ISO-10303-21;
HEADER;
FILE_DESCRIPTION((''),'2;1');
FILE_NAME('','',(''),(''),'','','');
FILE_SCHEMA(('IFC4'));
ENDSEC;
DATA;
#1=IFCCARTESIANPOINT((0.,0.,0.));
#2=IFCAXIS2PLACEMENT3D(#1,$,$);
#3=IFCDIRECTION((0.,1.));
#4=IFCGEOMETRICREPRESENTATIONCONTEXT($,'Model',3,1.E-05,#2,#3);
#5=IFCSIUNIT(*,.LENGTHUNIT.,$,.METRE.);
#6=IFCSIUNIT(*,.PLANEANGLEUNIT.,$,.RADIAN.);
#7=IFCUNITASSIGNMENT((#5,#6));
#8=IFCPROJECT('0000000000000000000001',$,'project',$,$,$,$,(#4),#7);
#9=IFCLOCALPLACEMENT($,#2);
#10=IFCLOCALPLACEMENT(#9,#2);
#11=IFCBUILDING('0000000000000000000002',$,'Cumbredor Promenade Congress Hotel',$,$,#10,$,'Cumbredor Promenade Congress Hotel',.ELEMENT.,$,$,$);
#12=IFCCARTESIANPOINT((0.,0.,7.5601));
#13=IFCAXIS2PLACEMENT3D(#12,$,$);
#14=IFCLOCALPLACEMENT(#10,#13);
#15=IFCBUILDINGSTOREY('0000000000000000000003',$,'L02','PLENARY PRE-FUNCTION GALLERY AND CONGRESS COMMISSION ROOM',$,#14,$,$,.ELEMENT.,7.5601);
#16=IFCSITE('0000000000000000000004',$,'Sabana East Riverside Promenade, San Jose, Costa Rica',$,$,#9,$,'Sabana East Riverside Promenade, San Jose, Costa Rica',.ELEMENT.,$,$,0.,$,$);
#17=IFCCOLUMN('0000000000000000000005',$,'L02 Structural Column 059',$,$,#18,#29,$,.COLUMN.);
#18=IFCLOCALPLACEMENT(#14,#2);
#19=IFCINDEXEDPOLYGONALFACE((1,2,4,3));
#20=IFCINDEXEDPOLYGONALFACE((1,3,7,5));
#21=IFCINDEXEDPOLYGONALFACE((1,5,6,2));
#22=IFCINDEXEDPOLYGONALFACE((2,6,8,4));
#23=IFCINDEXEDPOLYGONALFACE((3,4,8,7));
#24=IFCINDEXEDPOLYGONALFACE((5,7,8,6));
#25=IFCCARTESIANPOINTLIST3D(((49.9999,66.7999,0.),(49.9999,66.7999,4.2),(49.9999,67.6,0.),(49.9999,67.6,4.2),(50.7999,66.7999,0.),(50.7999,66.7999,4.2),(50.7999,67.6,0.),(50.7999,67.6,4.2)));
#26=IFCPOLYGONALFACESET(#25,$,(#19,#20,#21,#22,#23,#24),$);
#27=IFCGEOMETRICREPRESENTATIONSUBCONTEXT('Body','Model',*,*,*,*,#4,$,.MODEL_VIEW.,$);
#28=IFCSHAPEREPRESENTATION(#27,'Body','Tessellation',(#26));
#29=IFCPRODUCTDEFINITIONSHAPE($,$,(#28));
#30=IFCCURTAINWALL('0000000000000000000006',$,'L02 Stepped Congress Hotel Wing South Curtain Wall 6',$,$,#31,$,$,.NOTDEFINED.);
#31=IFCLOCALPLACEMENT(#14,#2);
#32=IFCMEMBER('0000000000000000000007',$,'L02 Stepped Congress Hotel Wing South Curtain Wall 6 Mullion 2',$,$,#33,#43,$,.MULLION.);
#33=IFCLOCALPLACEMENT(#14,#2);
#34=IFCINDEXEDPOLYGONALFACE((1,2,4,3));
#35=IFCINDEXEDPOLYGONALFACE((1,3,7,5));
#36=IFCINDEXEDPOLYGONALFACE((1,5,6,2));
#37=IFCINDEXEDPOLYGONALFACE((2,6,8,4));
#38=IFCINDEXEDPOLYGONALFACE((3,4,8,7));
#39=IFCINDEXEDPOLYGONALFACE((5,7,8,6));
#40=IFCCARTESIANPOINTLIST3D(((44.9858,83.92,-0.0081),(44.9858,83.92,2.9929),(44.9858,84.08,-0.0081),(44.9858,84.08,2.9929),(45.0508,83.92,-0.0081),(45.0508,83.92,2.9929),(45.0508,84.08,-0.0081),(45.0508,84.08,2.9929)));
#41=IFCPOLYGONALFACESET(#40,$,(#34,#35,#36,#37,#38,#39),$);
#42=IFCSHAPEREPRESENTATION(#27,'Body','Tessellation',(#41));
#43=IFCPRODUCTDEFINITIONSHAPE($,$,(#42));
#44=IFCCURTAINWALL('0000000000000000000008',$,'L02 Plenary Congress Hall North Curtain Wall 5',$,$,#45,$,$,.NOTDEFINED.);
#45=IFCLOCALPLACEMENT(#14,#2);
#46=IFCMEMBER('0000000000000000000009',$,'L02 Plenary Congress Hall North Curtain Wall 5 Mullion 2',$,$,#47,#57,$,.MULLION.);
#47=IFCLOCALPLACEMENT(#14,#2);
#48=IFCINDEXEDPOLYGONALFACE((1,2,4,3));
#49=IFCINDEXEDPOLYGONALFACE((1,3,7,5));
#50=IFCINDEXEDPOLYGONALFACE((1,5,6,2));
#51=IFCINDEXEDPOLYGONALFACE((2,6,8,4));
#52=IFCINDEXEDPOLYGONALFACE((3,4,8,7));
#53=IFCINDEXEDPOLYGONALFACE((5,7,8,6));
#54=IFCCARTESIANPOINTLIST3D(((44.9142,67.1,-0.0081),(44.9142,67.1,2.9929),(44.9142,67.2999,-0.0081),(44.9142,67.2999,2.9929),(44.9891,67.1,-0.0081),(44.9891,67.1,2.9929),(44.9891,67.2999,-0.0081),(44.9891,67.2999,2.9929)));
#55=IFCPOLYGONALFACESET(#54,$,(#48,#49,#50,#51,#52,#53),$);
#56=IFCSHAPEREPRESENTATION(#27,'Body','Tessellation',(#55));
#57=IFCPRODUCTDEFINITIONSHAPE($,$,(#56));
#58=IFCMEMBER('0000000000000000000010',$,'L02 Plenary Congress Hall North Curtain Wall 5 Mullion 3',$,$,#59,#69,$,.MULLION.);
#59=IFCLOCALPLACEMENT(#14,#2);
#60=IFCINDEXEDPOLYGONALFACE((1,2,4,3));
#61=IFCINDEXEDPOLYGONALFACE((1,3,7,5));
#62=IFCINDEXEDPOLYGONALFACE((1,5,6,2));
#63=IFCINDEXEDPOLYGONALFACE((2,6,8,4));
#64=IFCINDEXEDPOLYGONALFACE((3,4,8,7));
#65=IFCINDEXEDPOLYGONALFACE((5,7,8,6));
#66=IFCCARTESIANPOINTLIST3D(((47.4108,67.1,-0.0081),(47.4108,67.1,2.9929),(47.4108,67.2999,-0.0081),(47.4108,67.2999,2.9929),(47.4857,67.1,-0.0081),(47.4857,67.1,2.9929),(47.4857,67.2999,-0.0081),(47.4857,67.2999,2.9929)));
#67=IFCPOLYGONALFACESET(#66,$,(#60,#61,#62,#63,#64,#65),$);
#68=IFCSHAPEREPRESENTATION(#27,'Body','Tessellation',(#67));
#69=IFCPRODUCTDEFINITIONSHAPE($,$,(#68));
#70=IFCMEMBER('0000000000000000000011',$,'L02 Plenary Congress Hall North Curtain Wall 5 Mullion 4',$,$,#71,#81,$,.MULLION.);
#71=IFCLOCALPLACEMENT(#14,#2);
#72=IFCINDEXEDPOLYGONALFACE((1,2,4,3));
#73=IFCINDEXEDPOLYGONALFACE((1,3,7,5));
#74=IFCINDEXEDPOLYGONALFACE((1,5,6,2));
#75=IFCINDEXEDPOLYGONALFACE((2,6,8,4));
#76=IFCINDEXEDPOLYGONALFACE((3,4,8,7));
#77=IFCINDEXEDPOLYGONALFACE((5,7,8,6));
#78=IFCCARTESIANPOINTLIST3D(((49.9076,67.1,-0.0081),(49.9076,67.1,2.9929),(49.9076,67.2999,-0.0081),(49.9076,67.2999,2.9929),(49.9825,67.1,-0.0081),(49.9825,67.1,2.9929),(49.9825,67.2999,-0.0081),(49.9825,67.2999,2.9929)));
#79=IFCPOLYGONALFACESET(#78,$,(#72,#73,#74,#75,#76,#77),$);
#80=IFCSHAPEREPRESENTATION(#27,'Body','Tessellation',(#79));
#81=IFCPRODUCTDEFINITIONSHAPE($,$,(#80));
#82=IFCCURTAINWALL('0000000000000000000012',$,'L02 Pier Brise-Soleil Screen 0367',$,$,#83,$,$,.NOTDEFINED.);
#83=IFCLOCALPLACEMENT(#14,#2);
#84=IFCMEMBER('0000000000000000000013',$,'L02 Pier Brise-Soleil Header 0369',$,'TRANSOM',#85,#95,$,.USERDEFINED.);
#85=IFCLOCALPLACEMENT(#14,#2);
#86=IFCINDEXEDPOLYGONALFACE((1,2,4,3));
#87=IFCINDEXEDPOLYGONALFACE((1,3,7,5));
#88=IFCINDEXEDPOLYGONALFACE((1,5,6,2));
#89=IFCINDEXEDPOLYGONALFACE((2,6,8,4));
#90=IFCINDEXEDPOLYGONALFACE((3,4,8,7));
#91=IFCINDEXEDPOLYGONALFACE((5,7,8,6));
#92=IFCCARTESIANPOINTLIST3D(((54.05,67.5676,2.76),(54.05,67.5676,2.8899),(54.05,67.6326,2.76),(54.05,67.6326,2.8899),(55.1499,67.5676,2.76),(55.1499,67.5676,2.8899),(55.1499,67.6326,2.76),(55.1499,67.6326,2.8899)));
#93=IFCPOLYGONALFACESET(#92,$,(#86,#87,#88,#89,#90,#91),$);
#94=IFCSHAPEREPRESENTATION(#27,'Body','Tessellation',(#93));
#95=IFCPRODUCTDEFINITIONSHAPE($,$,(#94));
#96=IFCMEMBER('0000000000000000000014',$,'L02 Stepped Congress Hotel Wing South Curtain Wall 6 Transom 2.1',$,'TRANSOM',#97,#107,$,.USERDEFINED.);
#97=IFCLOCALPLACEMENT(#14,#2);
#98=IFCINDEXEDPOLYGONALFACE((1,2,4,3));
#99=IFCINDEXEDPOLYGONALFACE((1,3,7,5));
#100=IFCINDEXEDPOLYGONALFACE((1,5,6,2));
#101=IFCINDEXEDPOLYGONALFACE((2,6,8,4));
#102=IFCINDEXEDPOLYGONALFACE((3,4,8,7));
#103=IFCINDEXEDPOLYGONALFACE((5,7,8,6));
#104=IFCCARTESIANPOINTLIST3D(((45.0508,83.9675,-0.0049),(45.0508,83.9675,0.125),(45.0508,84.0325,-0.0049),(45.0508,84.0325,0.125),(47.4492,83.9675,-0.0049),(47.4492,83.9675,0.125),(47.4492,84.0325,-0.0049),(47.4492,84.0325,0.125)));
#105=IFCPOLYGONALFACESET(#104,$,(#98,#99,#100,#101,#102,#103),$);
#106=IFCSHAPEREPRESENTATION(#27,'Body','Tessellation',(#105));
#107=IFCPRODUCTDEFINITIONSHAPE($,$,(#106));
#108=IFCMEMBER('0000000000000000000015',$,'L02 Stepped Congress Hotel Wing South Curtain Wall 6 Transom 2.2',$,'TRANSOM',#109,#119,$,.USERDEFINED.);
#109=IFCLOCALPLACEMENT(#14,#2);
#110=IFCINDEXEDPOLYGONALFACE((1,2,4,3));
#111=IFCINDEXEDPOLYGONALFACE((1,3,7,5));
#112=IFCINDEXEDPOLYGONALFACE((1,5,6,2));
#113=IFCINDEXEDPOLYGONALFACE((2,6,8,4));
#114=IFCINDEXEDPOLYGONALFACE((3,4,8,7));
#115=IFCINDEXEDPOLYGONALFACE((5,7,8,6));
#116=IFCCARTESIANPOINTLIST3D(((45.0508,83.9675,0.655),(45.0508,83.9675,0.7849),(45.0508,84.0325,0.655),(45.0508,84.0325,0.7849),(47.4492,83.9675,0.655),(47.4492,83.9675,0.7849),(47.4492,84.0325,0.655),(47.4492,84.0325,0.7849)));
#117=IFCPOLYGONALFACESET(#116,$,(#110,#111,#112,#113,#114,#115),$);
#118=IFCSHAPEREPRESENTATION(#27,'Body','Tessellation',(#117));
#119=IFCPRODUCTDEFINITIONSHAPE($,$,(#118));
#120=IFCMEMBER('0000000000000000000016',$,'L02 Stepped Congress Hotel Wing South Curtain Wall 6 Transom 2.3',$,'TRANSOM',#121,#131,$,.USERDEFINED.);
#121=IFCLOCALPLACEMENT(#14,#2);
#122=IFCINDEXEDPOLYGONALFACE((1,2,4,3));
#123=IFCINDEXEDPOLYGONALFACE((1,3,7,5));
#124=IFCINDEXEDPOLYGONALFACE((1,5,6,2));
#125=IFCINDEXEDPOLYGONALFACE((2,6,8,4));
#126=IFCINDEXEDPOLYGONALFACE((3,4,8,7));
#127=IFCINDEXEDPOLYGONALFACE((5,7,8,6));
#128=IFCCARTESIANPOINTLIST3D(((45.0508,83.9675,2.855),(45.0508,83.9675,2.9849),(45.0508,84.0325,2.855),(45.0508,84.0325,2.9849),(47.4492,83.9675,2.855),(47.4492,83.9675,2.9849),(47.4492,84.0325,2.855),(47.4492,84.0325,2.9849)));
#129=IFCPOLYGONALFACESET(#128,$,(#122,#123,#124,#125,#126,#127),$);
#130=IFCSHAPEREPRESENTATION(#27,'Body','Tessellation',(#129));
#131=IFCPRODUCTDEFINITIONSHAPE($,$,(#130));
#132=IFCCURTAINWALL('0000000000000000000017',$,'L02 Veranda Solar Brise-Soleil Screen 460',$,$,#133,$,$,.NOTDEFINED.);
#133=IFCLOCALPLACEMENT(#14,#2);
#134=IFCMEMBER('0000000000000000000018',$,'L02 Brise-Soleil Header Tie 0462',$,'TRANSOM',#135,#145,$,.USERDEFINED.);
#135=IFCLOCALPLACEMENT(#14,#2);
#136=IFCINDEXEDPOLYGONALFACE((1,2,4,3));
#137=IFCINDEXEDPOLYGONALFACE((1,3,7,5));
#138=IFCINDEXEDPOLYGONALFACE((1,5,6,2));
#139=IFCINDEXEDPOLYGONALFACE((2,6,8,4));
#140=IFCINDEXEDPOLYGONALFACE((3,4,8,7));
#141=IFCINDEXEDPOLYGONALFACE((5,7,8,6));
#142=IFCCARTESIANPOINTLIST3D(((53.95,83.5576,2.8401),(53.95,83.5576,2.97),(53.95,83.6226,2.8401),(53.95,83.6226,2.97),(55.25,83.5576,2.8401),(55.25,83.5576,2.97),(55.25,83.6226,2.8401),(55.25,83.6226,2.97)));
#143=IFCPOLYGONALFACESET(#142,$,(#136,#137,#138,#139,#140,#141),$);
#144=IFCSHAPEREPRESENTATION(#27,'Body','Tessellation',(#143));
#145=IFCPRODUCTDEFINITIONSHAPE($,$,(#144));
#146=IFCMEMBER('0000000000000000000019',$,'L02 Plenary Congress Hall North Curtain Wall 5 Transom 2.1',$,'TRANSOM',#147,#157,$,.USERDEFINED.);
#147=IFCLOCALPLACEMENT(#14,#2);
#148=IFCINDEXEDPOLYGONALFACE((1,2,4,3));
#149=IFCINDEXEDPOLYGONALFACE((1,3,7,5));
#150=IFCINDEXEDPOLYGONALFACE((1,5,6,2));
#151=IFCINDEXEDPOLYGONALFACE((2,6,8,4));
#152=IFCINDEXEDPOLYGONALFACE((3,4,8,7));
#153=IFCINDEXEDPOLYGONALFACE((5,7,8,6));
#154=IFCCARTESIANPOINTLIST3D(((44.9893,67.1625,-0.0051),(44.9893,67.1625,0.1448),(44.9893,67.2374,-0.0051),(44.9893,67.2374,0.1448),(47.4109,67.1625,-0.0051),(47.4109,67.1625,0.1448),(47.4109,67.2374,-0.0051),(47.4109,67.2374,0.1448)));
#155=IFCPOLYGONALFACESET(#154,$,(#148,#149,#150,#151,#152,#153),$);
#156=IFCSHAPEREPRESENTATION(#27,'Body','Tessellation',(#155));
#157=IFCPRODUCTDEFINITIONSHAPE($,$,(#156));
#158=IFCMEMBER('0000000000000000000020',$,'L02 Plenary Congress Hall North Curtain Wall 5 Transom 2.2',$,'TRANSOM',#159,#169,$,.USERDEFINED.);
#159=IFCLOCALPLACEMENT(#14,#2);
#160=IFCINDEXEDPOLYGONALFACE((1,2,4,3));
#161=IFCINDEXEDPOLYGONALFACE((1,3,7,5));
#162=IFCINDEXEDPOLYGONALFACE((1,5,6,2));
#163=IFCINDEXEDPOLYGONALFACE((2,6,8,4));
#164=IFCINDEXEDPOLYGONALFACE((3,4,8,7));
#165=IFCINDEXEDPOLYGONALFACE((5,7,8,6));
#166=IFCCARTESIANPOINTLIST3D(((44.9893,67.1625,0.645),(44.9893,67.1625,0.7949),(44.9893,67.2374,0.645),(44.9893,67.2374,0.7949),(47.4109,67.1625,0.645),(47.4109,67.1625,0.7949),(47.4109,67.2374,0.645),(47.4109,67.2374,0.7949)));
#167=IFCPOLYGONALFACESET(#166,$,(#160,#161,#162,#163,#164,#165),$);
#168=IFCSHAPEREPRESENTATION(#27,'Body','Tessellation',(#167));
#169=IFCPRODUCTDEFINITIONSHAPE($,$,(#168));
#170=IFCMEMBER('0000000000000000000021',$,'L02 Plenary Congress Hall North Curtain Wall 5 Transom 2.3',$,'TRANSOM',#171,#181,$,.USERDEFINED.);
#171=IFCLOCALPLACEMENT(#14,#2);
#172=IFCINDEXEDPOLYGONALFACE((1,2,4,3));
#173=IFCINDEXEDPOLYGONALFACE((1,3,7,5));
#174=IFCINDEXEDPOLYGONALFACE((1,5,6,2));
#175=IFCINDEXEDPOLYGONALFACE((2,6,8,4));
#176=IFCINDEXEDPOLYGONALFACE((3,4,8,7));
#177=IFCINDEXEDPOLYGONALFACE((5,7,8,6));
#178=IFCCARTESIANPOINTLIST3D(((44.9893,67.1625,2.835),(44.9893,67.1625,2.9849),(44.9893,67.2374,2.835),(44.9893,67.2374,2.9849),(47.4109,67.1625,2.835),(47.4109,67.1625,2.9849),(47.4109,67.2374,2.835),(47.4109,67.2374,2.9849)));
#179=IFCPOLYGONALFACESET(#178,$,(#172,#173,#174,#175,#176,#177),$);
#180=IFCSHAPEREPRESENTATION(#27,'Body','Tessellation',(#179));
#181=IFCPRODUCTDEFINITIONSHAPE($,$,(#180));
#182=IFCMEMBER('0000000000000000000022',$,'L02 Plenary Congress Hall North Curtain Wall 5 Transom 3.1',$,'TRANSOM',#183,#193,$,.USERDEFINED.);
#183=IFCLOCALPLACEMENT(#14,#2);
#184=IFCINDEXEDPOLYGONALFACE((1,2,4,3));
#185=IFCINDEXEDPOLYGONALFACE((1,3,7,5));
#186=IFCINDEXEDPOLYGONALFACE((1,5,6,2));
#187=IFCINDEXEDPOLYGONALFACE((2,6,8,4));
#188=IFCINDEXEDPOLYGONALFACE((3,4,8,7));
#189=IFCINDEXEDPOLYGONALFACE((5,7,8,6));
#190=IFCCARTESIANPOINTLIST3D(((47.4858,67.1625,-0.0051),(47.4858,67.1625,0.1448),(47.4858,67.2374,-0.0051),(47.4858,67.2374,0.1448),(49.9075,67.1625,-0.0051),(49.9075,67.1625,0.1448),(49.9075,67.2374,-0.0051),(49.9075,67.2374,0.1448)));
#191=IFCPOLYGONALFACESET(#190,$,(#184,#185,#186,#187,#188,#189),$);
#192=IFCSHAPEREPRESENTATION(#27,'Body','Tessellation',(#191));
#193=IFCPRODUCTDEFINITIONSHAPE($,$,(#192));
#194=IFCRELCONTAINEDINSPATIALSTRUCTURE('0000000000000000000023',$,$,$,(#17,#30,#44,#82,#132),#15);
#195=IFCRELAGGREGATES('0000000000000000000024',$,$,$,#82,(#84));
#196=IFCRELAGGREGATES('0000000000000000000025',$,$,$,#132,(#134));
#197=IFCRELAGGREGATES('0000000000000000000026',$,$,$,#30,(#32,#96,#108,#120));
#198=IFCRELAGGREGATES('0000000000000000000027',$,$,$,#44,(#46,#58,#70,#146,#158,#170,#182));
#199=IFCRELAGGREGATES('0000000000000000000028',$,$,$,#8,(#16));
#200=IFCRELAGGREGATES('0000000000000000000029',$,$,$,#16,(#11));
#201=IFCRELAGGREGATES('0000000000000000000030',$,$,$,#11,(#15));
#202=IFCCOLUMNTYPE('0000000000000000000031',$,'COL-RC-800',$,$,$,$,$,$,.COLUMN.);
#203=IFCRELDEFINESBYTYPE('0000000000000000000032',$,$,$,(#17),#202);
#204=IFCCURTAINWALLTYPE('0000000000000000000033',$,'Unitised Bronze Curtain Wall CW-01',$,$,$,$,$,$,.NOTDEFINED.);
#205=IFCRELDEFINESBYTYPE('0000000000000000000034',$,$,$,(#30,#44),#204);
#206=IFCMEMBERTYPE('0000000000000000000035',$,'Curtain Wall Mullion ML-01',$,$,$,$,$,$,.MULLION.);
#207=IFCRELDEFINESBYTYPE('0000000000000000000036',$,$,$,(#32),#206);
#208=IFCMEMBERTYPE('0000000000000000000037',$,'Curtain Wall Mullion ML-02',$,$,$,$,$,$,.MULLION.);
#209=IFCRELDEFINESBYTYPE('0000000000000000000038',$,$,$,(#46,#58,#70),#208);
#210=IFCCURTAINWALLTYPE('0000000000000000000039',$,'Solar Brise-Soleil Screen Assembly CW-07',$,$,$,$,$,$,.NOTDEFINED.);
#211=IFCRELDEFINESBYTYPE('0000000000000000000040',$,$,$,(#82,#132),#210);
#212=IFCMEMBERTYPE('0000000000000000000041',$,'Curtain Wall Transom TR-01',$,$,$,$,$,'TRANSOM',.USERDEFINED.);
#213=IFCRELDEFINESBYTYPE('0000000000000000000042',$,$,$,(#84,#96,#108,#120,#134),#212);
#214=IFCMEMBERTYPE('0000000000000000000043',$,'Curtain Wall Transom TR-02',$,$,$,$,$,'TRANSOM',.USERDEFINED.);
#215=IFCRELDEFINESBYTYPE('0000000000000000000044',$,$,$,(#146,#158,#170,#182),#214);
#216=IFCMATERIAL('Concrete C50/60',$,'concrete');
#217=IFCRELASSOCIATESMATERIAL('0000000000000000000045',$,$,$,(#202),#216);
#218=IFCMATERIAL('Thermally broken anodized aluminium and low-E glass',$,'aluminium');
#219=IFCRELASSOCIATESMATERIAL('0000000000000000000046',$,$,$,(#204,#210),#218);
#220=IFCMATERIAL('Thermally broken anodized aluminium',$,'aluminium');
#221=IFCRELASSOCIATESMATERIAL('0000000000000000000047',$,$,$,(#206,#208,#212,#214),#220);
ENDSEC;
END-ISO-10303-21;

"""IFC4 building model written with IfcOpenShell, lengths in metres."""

from ifc_helpers import new_model, si_unit, direction, frame, origin, origin_2d, place, context, subcontext, project, spatial, rectangle, extrude, material, material_profile, profile_set, type_object, element, aggregate, save


model = new_model("IFC4")

# Units and contexts
model_context = context("Model", 3, precision=1e-05, world=origin(), true_north=direction((0.0, 1.0)))
body_context = subcontext(model_context, "Body", "Model", "MODEL_VIEW")
ifc_project = project(units=[si_unit("LENGTHUNIT", "METRE"), si_unit("PLANEANGLEUNIT", "RADIAN")], contexts=[model_context])

# Site, building, storey
site_placement = place(None, origin())
site = spatial("IfcSite", under=ifc_project, at=site_placement, Name="Sabana East Riverside Promenade, San Jose, Costa Rica", LongName="Sabana East Riverside Promenade, San Jose, Costa Rica", CompositionType="ELEMENT", RefElevation=0.0)
building_placement = place(site_placement, origin())
building = spatial("IfcBuilding", under=site, at=building_placement, Name="Cumbredor Promenade Congress Hotel", LongName="Cumbredor Promenade Congress Hotel", CompositionType="ELEMENT")
storey_placement = place(building_placement, frame((0.0, 0.0, 7.5601)))
storey = spatial("IfcBuildingStorey", under=building, at=storey_placement, Name="L02", Description="PLENARY PRE-FUNCTION GALLERY AND CONGRESS COMMISSION ROOM", CompositionType="ELEMENT", Elevation=7.5601)

# Column
ifc_material_1 = material(Name="Concrete C50/60", Category="concrete")
ifc_material_profile_1 = material_profile(ifc_material_1, rectangle(XDim=0.8, YDim=0.8, at=origin_2d()), Name="RC 800x800")
ifc_profile_set_1 = profile_set([ifc_material_profile_1], Name="Concrete C50/60")
column_type = type_object("IfcColumnType", Name="COL-RC-800", PredefinedType="COLUMN", material=ifc_profile_set_1)
column_placement = place(storey_placement, frame((50.3999, 67.2, 0.0), z_axis=(0.0, 0.0, 1.0), x_axis=(1.0, 0.0, 0.0)))
element("IfcColumn", 1, at=column_placement, inside=storey, type_object=column_type, Name="L02 Structural Column 059", PredefinedType="COLUMN", context=body_context, shape_type="SweptSolid", body=[
    extrude(rectangle(XDim=0.8, YDim=0.8, at=origin_2d()), origin(), (0.0, 0.0, 1.0), 4.2),
])

# Curtain wall, member
ifc_material_2 = material(Name="Thermally broken anodized aluminium and low-E glass", Category="aluminium")
curtain_wall_type_1 = type_object("IfcCurtainWallType", Name="Unitised Bronze Curtain Wall CW-01", PredefinedType="NOTDEFINED", material=ifc_material_2)
curtain_wall_1_placement = place(storey_placement, origin())
curtain_wall_1 = element("IfcCurtainWall", 2, at=curtain_wall_1_placement, inside=storey, type_object=curtain_wall_type_1, Name="L02 Stepped Congress Hotel Wing South Curtain Wall 6", PredefinedType="NOTDEFINED")
ifc_material_3 = material(Name="Thermally broken anodized aluminium", Category="aluminium")
ifc_material_profile_2 = material_profile(ifc_material_3, rectangle(XDim=0.0649, YDim=0.1599, at=origin_2d()), Name="ALU MULLION 65x160")
ifc_profile_set_2 = profile_set([ifc_material_profile_2], Name="Thermally broken anodized aluminium")
member_type_1 = type_object("IfcMemberType", Name="Curtain Wall Mullion ML-01", PredefinedType="MULLION", material=ifc_profile_set_2)
member_1_placement = place(storey_placement, frame((45.0183, 84.0, -0.0081), z_axis=(0.0, 0.0, 1.0), x_axis=(1.0, 0.0, 0.0)))
member_1 = element("IfcMember", 3, at=member_1_placement, type_object=member_type_1, Name="L02 Stepped Congress Hotel Wing South Curtain Wall 6 Mullion 2", PredefinedType="MULLION", context=body_context, shape_type="SweptSolid", body=[
    extrude(rectangle(XDim=0.0649, YDim=0.1599, at=origin_2d()), origin(), (0.0, 0.0, 1.0), 3.001),
])

# Curtain wall, members
curtain_wall_2_placement = place(storey_placement, origin())
curtain_wall_2 = element("IfcCurtainWall", 4, at=curtain_wall_2_placement, inside=storey, type_object=curtain_wall_type_1, Name="L02 Plenary Congress Hall North Curtain Wall 5", PredefinedType="NOTDEFINED")
ifc_material_profile_3 = material_profile(ifc_material_3, rectangle(XDim=0.075, YDim=0.2, at=origin_2d()), Name="ALU MULLION 75x200")
ifc_profile_set_3 = profile_set([ifc_material_profile_3], Name="Thermally broken anodized aluminium")
member_type_2 = type_object("IfcMemberType", Name="Curtain Wall Mullion ML-02", PredefinedType="MULLION", material=ifc_profile_set_3)
member_2_placement = place(storey_placement, frame((44.9517, 67.2, -0.0081), z_axis=(0.0, 0.0, 1.0), x_axis=(1.0, 0.0, 0.0)))
member_2 = element("IfcMember", 5, at=member_2_placement, type_object=member_type_2, Name="L02 Plenary Congress Hall North Curtain Wall 5 Mullion 2", PredefinedType="MULLION", context=body_context, shape_type="SweptSolid", body=[
    extrude(rectangle(XDim=0.075, YDim=0.2, at=origin_2d()), origin(), (0.0, 0.0, 1.0), 3.001),
])
member_3_placement = place(storey_placement, frame((47.4482, 67.2, -0.0081), z_axis=(0.0, 0.0, 1.0), x_axis=(1.0, 0.0, 0.0)))
member_3 = element("IfcMember", 6, at=member_3_placement, type_object=member_type_2, Name="L02 Plenary Congress Hall North Curtain Wall 5 Mullion 3", PredefinedType="MULLION", context=body_context, shape_type="SweptSolid", body=[
    extrude(rectangle(XDim=0.075, YDim=0.2, at=origin_2d()), origin(), (0.0, 0.0, 1.0), 3.001),
])
member_4_placement = place(storey_placement, frame((49.9451, 67.2, -0.0081), z_axis=(0.0, 0.0, 1.0), x_axis=(1.0, 0.0, 0.0)))
member_4 = element("IfcMember", 7, at=member_4_placement, type_object=member_type_2, Name="L02 Plenary Congress Hall North Curtain Wall 5 Mullion 4", PredefinedType="MULLION", context=body_context, shape_type="SweptSolid", body=[
    extrude(rectangle(XDim=0.075, YDim=0.2, at=origin_2d()), origin(), (0.0, 0.0, 1.0), 3.001),
])

# Curtain wall, member
curtain_wall_type_2 = type_object("IfcCurtainWallType", Name="Solar Brise-Soleil Screen Assembly CW-07", PredefinedType="NOTDEFINED", material=ifc_material_2)
curtain_wall_3_placement = place(storey_placement, origin())
curtain_wall_3 = element("IfcCurtainWall", 8, at=curtain_wall_3_placement, inside=storey, type_object=curtain_wall_type_2, Name="L02 Pier Brise-Soleil Screen 0367", PredefinedType="NOTDEFINED")
ifc_material_profile_4 = material_profile(ifc_material_3, rectangle(XDim=0.0649, YDim=0.1299, at=origin_2d()), Name="ALU TRANSOM 65x130")
ifc_profile_set_4 = profile_set([ifc_material_profile_4], Name="Thermally broken anodized aluminium")
member_type_3 = type_object("IfcMemberType", Name="Curtain Wall Transom TR-01", ElementType="TRANSOM", PredefinedType="USERDEFINED", material=ifc_profile_set_4)
member_5_placement = place(storey_placement, frame((54.05, 67.6001, 2.825), z_axis=(1.0, 0.0, 0.0), x_axis=(0.0, 1.0, 0.0)))
member_5 = element("IfcMember", 9, at=member_5_placement, type_object=member_type_3, Name="L02 Pier Brise-Soleil Header 0369", ObjectType="TRANSOM", PredefinedType="USERDEFINED", context=body_context, shape_type="SweptSolid", body=[
    extrude(rectangle(XDim=0.0649, YDim=0.1299, at=origin_2d()), origin(), (0.0, 0.0, 1.0), 1.0999),
])

# Members
member_6_placement = place(storey_placement, frame((45.0508, 84.0, 0.0601), z_axis=(1.0, 0.0, 0.0), x_axis=(0.0, 1.0, 0.0)))
member_6 = element("IfcMember", 10, at=member_6_placement, type_object=member_type_3, Name="L02 Stepped Congress Hotel Wing South Curtain Wall 6 Transom 2.1", ObjectType="TRANSOM", PredefinedType="USERDEFINED", context=body_context, shape_type="SweptSolid", body=[
    extrude(rectangle(XDim=0.0649, YDim=0.1299, at=origin_2d()), origin(), (0.0, 0.0, 1.0), 2.3984),
])
member_7_placement = place(storey_placement, frame((45.0508, 84.0, 0.72), z_axis=(1.0, 0.0, 0.0), x_axis=(0.0, 1.0, 0.0)))
member_7 = element("IfcMember", 11, at=member_7_placement, type_object=member_type_3, Name="L02 Stepped Congress Hotel Wing South Curtain Wall 6 Transom 2.2", ObjectType="TRANSOM", PredefinedType="USERDEFINED", context=body_context, shape_type="SweptSolid", body=[
    extrude(rectangle(XDim=0.0649, YDim=0.1299, at=origin_2d()), origin(), (0.0, 0.0, 1.0), 2.3984),
])
member_8_placement = place(storey_placement, frame((45.0508, 84.0, 2.9199), z_axis=(1.0, 0.0, 0.0), x_axis=(0.0, 1.0, 0.0)))
member_8 = element("IfcMember", 12, at=member_8_placement, type_object=member_type_3, Name="L02 Stepped Congress Hotel Wing South Curtain Wall 6 Transom 2.3", ObjectType="TRANSOM", PredefinedType="USERDEFINED", context=body_context, shape_type="SweptSolid", body=[
    extrude(rectangle(XDim=0.0649, YDim=0.1299, at=origin_2d()), origin(), (0.0, 0.0, 1.0), 2.3984),
])

# Curtain wall, member
curtain_wall_4_placement = place(storey_placement, origin())
curtain_wall_4 = element("IfcCurtainWall", 13, at=curtain_wall_4_placement, inside=storey, type_object=curtain_wall_type_2, Name="L02 Veranda Solar Brise-Soleil Screen 460", PredefinedType="NOTDEFINED")
member_9_placement = place(storey_placement, frame((53.95, 83.5901, 2.905), z_axis=(1.0, 0.0, 0.0), x_axis=(0.0, 1.0, 0.0)))
member_9 = element("IfcMember", 14, at=member_9_placement, type_object=member_type_3, Name="L02 Brise-Soleil Header Tie 0462", ObjectType="TRANSOM", PredefinedType="USERDEFINED", context=body_context, shape_type="SweptSolid", body=[
    extrude(rectangle(XDim=0.0649, YDim=0.1299, at=origin_2d()), origin(), (0.0, 0.0, 1.0), 1.3),
])

# Members
ifc_material_profile_5 = material_profile(ifc_material_3, rectangle(XDim=0.075, YDim=0.1499, at=origin_2d()), Name="ALU TRANSOM 75x150")
ifc_profile_set_5 = profile_set([ifc_material_profile_5], Name="Thermally broken anodized aluminium")
member_type_4 = type_object("IfcMemberType", Name="Curtain Wall Transom TR-02", ElementType="TRANSOM", PredefinedType="USERDEFINED", material=ifc_profile_set_5)
member_10_placement = place(storey_placement, frame((44.9893, 67.2, 0.0698), z_axis=(1.0, 0.0, 0.0), x_axis=(0.0, 1.0, 0.0)))
member_10 = element("IfcMember", 15, at=member_10_placement, type_object=member_type_4, Name="L02 Plenary Congress Hall North Curtain Wall 5 Transom 2.1", ObjectType="TRANSOM", PredefinedType="USERDEFINED", context=body_context, shape_type="SweptSolid", body=[
    extrude(rectangle(XDim=0.075, YDim=0.1499, at=origin_2d()), origin(), (0.0, 0.0, 1.0), 2.4216),
])
member_11_placement = place(storey_placement, frame((44.9893, 67.2, 0.72), z_axis=(1.0, 0.0, 0.0), x_axis=(0.0, 1.0, 0.0)))
member_11 = element("IfcMember", 16, at=member_11_placement, type_object=member_type_4, Name="L02 Plenary Congress Hall North Curtain Wall 5 Transom 2.2", ObjectType="TRANSOM", PredefinedType="USERDEFINED", context=body_context, shape_type="SweptSolid", body=[
    extrude(rectangle(XDim=0.075, YDim=0.1499, at=origin_2d()), origin(), (0.0, 0.0, 1.0), 2.4216),
])
member_12_placement = place(storey_placement, frame((44.9893, 67.2, 2.9099), z_axis=(1.0, 0.0, 0.0), x_axis=(0.0, 1.0, 0.0)))
member_12 = element("IfcMember", 17, at=member_12_placement, type_object=member_type_4, Name="L02 Plenary Congress Hall North Curtain Wall 5 Transom 2.3", ObjectType="TRANSOM", PredefinedType="USERDEFINED", context=body_context, shape_type="SweptSolid", body=[
    extrude(rectangle(XDim=0.075, YDim=0.1499, at=origin_2d()), origin(), (0.0, 0.0, 1.0), 2.4216),
])
member_13_placement = place(storey_placement, frame((47.4858, 67.2, 0.0698), z_axis=(1.0, 0.0, 0.0), x_axis=(0.0, 1.0, 0.0)))
member_13 = element("IfcMember", 18, at=member_13_placement, type_object=member_type_4, Name="L02 Plenary Congress Hall North Curtain Wall 5 Transom 3.1", ObjectType="TRANSOM", PredefinedType="USERDEFINED", context=body_context, shape_type="SweptSolid", body=[
    extrude(rectangle(XDim=0.075, YDim=0.1499, at=origin_2d()), origin(), (0.0, 0.0, 1.0), 2.4216),
])

aggregate(curtain_wall_3, [member_5])
aggregate(curtain_wall_4, [member_9])

aggregate(curtain_wall_1, [member_1, member_6, member_7, member_8])
aggregate(curtain_wall_2, [member_2, member_3, member_4, member_10, member_11, member_12, member_13])

save(model, "model.ifc")
